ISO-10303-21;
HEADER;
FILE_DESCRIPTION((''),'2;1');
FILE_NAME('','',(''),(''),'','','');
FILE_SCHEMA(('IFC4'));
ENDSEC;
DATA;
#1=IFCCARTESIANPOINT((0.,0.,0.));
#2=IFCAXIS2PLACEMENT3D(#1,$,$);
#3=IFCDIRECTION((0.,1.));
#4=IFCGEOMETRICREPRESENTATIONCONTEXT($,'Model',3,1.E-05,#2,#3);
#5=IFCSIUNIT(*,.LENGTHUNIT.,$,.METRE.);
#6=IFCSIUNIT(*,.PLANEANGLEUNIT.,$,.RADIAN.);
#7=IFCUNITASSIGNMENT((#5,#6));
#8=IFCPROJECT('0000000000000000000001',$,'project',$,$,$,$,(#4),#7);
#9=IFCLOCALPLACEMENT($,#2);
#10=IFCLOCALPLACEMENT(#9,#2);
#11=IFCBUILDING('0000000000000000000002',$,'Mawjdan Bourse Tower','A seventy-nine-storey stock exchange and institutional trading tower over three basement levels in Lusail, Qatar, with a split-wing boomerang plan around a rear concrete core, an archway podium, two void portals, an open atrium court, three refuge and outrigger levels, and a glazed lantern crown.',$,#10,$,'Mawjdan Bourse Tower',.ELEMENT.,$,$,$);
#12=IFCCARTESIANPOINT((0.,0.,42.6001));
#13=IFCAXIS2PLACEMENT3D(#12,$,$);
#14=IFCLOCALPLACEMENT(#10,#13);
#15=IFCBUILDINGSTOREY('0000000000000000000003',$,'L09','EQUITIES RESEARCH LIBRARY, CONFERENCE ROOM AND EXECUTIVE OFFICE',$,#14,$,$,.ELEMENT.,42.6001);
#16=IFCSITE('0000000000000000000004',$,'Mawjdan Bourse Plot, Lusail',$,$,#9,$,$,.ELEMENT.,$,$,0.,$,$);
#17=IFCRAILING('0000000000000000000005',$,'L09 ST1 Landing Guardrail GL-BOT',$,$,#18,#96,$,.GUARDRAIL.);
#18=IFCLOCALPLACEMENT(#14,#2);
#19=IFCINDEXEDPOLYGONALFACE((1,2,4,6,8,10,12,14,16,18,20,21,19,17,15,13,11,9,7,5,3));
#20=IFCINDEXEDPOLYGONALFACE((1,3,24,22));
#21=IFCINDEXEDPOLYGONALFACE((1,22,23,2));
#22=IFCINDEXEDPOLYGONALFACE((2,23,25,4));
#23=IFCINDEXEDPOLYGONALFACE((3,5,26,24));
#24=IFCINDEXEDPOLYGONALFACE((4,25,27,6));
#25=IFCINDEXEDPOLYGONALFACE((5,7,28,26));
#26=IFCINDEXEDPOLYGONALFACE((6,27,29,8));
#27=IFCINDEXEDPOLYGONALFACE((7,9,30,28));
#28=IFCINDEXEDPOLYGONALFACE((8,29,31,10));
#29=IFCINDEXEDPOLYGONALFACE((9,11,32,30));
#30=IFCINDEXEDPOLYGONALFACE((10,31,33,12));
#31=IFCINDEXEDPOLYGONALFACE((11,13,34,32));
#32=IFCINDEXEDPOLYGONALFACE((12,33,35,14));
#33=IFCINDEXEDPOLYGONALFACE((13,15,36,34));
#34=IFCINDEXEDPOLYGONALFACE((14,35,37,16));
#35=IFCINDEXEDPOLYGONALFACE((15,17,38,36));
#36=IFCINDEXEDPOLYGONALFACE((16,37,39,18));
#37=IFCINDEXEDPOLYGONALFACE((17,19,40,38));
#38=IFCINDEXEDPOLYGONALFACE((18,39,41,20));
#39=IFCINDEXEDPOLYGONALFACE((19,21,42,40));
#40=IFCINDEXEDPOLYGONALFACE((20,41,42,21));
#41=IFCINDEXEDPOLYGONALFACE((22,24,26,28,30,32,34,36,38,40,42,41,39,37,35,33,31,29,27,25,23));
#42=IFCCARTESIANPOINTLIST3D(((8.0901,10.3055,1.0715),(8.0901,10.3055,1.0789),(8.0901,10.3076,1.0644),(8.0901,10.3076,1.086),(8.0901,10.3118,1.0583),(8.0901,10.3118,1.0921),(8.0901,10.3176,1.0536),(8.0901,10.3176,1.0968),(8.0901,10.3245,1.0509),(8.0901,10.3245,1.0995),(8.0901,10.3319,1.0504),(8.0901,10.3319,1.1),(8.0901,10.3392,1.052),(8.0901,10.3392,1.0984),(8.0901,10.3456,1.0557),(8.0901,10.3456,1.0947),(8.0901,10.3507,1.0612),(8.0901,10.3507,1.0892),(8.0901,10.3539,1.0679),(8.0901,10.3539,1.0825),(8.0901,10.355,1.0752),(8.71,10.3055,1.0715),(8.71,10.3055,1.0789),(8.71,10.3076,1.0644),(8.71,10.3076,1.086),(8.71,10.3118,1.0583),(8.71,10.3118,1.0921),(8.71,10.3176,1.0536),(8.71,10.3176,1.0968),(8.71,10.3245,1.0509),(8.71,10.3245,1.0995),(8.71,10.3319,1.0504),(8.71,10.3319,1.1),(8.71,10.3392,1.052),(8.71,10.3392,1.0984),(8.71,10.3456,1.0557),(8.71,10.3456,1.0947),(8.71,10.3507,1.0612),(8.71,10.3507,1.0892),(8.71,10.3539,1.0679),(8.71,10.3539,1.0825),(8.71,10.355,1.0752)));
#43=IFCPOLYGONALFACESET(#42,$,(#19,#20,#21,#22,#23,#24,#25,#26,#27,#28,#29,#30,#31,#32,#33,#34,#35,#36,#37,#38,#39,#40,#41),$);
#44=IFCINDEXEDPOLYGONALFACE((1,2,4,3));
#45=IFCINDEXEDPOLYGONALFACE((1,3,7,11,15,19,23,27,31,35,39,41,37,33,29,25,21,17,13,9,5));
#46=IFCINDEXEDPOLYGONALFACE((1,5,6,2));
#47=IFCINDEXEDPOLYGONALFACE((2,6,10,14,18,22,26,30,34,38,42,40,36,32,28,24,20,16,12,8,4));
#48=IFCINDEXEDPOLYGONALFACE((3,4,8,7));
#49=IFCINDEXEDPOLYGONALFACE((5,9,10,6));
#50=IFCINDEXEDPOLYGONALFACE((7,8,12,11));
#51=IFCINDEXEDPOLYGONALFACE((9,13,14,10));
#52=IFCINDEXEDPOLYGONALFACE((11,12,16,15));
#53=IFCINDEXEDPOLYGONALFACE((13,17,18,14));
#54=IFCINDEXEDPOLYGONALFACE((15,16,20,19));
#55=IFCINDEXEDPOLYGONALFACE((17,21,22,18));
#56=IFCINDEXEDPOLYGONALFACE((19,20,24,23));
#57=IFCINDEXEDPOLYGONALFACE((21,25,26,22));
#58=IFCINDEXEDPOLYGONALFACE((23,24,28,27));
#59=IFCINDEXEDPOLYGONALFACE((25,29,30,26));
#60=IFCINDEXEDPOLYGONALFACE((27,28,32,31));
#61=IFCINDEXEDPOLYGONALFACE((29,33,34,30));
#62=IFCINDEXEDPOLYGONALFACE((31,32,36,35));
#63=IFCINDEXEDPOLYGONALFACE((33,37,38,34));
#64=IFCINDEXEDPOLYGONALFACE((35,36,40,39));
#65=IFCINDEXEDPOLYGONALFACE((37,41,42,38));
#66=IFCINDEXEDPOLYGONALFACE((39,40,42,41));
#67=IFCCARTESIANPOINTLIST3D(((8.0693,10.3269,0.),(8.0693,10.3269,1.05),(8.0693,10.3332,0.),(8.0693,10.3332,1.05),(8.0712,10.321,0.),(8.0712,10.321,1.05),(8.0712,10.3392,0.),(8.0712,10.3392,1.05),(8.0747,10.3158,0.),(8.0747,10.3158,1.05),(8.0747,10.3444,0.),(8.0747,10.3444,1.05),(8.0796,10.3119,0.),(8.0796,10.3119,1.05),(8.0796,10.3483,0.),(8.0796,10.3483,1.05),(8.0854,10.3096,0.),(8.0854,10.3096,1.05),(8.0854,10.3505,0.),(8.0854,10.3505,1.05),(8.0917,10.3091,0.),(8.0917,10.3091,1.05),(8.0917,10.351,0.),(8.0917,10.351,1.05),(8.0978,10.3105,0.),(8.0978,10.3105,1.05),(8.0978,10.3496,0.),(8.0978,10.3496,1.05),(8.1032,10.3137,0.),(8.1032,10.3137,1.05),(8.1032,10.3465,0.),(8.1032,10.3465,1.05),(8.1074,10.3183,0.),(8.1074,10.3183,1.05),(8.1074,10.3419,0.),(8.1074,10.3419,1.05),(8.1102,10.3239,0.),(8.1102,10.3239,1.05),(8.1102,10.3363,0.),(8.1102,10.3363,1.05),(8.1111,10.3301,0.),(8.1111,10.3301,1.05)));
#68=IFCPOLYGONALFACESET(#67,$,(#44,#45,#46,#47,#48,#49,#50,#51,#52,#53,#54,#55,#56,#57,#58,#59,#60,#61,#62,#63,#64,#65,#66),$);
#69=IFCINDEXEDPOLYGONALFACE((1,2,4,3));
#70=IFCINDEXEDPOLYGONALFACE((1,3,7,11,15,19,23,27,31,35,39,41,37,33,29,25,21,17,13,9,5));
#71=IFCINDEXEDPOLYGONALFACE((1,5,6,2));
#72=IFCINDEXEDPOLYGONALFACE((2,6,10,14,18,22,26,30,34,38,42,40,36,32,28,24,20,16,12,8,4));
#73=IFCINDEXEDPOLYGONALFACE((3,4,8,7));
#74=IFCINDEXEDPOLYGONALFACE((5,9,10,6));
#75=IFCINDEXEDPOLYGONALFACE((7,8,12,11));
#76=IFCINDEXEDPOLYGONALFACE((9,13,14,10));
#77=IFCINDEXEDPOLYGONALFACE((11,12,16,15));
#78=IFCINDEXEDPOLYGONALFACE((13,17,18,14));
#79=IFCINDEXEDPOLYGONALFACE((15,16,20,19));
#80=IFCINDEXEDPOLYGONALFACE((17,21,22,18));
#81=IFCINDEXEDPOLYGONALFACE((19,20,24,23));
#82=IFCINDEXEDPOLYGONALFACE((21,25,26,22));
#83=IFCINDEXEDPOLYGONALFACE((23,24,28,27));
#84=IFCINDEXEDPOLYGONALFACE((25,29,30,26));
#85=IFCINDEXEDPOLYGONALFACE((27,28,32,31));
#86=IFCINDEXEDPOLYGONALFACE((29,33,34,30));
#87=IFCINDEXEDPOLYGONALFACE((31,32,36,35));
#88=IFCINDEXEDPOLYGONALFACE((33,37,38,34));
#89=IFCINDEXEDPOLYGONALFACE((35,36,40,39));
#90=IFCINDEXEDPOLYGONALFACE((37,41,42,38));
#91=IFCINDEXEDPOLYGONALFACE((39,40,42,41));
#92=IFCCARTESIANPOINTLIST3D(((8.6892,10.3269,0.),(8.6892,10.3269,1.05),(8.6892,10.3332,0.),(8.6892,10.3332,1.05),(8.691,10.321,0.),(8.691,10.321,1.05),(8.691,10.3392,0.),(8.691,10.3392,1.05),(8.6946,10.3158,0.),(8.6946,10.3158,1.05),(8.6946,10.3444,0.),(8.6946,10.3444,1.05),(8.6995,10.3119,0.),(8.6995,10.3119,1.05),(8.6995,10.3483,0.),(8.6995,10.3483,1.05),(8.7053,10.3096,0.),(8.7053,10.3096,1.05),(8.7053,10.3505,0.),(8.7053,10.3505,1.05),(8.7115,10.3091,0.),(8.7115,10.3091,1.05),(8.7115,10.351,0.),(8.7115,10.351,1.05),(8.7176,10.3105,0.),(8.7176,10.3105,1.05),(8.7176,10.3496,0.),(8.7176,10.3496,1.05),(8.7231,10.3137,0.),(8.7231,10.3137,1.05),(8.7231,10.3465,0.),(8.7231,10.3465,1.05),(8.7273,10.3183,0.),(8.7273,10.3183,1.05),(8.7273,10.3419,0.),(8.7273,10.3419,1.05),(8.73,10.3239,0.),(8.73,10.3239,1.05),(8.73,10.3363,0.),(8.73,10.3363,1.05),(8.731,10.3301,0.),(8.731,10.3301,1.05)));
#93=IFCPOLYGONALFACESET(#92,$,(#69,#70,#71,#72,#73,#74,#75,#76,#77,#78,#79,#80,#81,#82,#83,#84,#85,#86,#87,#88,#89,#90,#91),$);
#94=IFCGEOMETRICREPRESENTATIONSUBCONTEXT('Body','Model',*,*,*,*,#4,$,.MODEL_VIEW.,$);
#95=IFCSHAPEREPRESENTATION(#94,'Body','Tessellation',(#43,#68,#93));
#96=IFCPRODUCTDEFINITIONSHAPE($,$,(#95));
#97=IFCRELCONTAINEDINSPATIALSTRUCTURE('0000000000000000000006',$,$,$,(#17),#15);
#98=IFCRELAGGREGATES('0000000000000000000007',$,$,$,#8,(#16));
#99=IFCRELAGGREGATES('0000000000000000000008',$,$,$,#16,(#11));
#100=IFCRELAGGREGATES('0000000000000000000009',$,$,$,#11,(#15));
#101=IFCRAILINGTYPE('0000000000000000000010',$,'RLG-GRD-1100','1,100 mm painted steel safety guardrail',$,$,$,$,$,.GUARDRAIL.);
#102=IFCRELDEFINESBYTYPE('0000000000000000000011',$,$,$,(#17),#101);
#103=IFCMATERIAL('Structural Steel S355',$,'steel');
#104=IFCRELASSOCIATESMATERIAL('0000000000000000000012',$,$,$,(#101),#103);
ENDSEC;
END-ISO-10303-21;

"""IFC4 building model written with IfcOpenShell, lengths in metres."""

from ifc_helpers import new_model, si_unit, direction, frame, origin, origin_2d, place, context, subcontext, project, spatial, circle, extrude, material, type_object, element, save


model = new_model("IFC4")

# Units and contexts
model_context = context("Model", 3, precision=1e-05, world=origin(), true_north=direction((0.0, 1.0)))
body_context = subcontext(model_context, "Body", "Model", "MODEL_VIEW")
ifc_project = project(units=[si_unit("LENGTHUNIT", "METRE"), si_unit("PLANEANGLEUNIT", "RADIAN")], contexts=[model_context])

# Site, building, storey
site_placement = place(None, origin())
site = spatial("IfcSite", under=ifc_project, at=site_placement, Name="Mawjdan Bourse Plot, Lusail", CompositionType="ELEMENT", RefElevation=0.0)
building_placement = place(site_placement, origin())
building = spatial("IfcBuilding", under=site, at=building_placement, Name="Mawjdan Bourse Tower", Description="A seventy-nine-storey stock exchange and institutional trading tower over three basement levels in Lusail, Qatar, with a split-wing boomerang plan around a rear concrete core, an archway podium, two void portals, an open atrium court, three refuge and outrigger levels, and a glazed lantern crown.", LongName="Mawjdan Bourse Tower", CompositionType="ELEMENT")
storey_placement = place(building_placement, frame((0.0, 0.0, 42.6001)))
storey = spatial("IfcBuildingStorey", under=building, at=storey_placement, Name="L09", Description="EQUITIES RESEARCH LIBRARY, CONFERENCE ROOM AND EXECUTIVE OFFICE", CompositionType="ELEMENT", Elevation=42.6001)

# Railing
ifc_material_1 = material(Name="Structural Steel S355", Category="steel")
railing_type = type_object("IfcRailingType", Name="RLG-GRD-1100", Description="1,100 mm painted steel safety guardrail", PredefinedType="GUARDRAIL", material=ifc_material_1)
for number, where, name in (
    (1, (8.0901, 10.3301, 0.0), "L09 ST1 Landing Guardrail GL-BOT"),
):
    element("IfcRailing", number, at=place(storey_placement, frame(where)), inside=storey, type_object=railing_type, Name=name, PredefinedType="GUARDRAIL", context=body_context, shape_type="SweptSolid", body=[
        extrude(circle(Radius=0.0249, at=origin_2d()), frame((0.0, 0.0, 1.0752), z_axis=(1.0, 0.0, 0.0), x_axis=(0.0, 1.0, 0.0)), (0.0, 0.0, 1.0), 0.6199),
        extrude(circle(Radius=0.021, at=origin_2d()), origin(), (0.0, 0.0, 1.0), 1.05),
        extrude(circle(Radius=0.021, at=origin_2d()), frame((0.6199, 0.0, 0.0)), (0.0, 0.0, 1.0), 1.05),
    ])

save(model, "model.ifc")
